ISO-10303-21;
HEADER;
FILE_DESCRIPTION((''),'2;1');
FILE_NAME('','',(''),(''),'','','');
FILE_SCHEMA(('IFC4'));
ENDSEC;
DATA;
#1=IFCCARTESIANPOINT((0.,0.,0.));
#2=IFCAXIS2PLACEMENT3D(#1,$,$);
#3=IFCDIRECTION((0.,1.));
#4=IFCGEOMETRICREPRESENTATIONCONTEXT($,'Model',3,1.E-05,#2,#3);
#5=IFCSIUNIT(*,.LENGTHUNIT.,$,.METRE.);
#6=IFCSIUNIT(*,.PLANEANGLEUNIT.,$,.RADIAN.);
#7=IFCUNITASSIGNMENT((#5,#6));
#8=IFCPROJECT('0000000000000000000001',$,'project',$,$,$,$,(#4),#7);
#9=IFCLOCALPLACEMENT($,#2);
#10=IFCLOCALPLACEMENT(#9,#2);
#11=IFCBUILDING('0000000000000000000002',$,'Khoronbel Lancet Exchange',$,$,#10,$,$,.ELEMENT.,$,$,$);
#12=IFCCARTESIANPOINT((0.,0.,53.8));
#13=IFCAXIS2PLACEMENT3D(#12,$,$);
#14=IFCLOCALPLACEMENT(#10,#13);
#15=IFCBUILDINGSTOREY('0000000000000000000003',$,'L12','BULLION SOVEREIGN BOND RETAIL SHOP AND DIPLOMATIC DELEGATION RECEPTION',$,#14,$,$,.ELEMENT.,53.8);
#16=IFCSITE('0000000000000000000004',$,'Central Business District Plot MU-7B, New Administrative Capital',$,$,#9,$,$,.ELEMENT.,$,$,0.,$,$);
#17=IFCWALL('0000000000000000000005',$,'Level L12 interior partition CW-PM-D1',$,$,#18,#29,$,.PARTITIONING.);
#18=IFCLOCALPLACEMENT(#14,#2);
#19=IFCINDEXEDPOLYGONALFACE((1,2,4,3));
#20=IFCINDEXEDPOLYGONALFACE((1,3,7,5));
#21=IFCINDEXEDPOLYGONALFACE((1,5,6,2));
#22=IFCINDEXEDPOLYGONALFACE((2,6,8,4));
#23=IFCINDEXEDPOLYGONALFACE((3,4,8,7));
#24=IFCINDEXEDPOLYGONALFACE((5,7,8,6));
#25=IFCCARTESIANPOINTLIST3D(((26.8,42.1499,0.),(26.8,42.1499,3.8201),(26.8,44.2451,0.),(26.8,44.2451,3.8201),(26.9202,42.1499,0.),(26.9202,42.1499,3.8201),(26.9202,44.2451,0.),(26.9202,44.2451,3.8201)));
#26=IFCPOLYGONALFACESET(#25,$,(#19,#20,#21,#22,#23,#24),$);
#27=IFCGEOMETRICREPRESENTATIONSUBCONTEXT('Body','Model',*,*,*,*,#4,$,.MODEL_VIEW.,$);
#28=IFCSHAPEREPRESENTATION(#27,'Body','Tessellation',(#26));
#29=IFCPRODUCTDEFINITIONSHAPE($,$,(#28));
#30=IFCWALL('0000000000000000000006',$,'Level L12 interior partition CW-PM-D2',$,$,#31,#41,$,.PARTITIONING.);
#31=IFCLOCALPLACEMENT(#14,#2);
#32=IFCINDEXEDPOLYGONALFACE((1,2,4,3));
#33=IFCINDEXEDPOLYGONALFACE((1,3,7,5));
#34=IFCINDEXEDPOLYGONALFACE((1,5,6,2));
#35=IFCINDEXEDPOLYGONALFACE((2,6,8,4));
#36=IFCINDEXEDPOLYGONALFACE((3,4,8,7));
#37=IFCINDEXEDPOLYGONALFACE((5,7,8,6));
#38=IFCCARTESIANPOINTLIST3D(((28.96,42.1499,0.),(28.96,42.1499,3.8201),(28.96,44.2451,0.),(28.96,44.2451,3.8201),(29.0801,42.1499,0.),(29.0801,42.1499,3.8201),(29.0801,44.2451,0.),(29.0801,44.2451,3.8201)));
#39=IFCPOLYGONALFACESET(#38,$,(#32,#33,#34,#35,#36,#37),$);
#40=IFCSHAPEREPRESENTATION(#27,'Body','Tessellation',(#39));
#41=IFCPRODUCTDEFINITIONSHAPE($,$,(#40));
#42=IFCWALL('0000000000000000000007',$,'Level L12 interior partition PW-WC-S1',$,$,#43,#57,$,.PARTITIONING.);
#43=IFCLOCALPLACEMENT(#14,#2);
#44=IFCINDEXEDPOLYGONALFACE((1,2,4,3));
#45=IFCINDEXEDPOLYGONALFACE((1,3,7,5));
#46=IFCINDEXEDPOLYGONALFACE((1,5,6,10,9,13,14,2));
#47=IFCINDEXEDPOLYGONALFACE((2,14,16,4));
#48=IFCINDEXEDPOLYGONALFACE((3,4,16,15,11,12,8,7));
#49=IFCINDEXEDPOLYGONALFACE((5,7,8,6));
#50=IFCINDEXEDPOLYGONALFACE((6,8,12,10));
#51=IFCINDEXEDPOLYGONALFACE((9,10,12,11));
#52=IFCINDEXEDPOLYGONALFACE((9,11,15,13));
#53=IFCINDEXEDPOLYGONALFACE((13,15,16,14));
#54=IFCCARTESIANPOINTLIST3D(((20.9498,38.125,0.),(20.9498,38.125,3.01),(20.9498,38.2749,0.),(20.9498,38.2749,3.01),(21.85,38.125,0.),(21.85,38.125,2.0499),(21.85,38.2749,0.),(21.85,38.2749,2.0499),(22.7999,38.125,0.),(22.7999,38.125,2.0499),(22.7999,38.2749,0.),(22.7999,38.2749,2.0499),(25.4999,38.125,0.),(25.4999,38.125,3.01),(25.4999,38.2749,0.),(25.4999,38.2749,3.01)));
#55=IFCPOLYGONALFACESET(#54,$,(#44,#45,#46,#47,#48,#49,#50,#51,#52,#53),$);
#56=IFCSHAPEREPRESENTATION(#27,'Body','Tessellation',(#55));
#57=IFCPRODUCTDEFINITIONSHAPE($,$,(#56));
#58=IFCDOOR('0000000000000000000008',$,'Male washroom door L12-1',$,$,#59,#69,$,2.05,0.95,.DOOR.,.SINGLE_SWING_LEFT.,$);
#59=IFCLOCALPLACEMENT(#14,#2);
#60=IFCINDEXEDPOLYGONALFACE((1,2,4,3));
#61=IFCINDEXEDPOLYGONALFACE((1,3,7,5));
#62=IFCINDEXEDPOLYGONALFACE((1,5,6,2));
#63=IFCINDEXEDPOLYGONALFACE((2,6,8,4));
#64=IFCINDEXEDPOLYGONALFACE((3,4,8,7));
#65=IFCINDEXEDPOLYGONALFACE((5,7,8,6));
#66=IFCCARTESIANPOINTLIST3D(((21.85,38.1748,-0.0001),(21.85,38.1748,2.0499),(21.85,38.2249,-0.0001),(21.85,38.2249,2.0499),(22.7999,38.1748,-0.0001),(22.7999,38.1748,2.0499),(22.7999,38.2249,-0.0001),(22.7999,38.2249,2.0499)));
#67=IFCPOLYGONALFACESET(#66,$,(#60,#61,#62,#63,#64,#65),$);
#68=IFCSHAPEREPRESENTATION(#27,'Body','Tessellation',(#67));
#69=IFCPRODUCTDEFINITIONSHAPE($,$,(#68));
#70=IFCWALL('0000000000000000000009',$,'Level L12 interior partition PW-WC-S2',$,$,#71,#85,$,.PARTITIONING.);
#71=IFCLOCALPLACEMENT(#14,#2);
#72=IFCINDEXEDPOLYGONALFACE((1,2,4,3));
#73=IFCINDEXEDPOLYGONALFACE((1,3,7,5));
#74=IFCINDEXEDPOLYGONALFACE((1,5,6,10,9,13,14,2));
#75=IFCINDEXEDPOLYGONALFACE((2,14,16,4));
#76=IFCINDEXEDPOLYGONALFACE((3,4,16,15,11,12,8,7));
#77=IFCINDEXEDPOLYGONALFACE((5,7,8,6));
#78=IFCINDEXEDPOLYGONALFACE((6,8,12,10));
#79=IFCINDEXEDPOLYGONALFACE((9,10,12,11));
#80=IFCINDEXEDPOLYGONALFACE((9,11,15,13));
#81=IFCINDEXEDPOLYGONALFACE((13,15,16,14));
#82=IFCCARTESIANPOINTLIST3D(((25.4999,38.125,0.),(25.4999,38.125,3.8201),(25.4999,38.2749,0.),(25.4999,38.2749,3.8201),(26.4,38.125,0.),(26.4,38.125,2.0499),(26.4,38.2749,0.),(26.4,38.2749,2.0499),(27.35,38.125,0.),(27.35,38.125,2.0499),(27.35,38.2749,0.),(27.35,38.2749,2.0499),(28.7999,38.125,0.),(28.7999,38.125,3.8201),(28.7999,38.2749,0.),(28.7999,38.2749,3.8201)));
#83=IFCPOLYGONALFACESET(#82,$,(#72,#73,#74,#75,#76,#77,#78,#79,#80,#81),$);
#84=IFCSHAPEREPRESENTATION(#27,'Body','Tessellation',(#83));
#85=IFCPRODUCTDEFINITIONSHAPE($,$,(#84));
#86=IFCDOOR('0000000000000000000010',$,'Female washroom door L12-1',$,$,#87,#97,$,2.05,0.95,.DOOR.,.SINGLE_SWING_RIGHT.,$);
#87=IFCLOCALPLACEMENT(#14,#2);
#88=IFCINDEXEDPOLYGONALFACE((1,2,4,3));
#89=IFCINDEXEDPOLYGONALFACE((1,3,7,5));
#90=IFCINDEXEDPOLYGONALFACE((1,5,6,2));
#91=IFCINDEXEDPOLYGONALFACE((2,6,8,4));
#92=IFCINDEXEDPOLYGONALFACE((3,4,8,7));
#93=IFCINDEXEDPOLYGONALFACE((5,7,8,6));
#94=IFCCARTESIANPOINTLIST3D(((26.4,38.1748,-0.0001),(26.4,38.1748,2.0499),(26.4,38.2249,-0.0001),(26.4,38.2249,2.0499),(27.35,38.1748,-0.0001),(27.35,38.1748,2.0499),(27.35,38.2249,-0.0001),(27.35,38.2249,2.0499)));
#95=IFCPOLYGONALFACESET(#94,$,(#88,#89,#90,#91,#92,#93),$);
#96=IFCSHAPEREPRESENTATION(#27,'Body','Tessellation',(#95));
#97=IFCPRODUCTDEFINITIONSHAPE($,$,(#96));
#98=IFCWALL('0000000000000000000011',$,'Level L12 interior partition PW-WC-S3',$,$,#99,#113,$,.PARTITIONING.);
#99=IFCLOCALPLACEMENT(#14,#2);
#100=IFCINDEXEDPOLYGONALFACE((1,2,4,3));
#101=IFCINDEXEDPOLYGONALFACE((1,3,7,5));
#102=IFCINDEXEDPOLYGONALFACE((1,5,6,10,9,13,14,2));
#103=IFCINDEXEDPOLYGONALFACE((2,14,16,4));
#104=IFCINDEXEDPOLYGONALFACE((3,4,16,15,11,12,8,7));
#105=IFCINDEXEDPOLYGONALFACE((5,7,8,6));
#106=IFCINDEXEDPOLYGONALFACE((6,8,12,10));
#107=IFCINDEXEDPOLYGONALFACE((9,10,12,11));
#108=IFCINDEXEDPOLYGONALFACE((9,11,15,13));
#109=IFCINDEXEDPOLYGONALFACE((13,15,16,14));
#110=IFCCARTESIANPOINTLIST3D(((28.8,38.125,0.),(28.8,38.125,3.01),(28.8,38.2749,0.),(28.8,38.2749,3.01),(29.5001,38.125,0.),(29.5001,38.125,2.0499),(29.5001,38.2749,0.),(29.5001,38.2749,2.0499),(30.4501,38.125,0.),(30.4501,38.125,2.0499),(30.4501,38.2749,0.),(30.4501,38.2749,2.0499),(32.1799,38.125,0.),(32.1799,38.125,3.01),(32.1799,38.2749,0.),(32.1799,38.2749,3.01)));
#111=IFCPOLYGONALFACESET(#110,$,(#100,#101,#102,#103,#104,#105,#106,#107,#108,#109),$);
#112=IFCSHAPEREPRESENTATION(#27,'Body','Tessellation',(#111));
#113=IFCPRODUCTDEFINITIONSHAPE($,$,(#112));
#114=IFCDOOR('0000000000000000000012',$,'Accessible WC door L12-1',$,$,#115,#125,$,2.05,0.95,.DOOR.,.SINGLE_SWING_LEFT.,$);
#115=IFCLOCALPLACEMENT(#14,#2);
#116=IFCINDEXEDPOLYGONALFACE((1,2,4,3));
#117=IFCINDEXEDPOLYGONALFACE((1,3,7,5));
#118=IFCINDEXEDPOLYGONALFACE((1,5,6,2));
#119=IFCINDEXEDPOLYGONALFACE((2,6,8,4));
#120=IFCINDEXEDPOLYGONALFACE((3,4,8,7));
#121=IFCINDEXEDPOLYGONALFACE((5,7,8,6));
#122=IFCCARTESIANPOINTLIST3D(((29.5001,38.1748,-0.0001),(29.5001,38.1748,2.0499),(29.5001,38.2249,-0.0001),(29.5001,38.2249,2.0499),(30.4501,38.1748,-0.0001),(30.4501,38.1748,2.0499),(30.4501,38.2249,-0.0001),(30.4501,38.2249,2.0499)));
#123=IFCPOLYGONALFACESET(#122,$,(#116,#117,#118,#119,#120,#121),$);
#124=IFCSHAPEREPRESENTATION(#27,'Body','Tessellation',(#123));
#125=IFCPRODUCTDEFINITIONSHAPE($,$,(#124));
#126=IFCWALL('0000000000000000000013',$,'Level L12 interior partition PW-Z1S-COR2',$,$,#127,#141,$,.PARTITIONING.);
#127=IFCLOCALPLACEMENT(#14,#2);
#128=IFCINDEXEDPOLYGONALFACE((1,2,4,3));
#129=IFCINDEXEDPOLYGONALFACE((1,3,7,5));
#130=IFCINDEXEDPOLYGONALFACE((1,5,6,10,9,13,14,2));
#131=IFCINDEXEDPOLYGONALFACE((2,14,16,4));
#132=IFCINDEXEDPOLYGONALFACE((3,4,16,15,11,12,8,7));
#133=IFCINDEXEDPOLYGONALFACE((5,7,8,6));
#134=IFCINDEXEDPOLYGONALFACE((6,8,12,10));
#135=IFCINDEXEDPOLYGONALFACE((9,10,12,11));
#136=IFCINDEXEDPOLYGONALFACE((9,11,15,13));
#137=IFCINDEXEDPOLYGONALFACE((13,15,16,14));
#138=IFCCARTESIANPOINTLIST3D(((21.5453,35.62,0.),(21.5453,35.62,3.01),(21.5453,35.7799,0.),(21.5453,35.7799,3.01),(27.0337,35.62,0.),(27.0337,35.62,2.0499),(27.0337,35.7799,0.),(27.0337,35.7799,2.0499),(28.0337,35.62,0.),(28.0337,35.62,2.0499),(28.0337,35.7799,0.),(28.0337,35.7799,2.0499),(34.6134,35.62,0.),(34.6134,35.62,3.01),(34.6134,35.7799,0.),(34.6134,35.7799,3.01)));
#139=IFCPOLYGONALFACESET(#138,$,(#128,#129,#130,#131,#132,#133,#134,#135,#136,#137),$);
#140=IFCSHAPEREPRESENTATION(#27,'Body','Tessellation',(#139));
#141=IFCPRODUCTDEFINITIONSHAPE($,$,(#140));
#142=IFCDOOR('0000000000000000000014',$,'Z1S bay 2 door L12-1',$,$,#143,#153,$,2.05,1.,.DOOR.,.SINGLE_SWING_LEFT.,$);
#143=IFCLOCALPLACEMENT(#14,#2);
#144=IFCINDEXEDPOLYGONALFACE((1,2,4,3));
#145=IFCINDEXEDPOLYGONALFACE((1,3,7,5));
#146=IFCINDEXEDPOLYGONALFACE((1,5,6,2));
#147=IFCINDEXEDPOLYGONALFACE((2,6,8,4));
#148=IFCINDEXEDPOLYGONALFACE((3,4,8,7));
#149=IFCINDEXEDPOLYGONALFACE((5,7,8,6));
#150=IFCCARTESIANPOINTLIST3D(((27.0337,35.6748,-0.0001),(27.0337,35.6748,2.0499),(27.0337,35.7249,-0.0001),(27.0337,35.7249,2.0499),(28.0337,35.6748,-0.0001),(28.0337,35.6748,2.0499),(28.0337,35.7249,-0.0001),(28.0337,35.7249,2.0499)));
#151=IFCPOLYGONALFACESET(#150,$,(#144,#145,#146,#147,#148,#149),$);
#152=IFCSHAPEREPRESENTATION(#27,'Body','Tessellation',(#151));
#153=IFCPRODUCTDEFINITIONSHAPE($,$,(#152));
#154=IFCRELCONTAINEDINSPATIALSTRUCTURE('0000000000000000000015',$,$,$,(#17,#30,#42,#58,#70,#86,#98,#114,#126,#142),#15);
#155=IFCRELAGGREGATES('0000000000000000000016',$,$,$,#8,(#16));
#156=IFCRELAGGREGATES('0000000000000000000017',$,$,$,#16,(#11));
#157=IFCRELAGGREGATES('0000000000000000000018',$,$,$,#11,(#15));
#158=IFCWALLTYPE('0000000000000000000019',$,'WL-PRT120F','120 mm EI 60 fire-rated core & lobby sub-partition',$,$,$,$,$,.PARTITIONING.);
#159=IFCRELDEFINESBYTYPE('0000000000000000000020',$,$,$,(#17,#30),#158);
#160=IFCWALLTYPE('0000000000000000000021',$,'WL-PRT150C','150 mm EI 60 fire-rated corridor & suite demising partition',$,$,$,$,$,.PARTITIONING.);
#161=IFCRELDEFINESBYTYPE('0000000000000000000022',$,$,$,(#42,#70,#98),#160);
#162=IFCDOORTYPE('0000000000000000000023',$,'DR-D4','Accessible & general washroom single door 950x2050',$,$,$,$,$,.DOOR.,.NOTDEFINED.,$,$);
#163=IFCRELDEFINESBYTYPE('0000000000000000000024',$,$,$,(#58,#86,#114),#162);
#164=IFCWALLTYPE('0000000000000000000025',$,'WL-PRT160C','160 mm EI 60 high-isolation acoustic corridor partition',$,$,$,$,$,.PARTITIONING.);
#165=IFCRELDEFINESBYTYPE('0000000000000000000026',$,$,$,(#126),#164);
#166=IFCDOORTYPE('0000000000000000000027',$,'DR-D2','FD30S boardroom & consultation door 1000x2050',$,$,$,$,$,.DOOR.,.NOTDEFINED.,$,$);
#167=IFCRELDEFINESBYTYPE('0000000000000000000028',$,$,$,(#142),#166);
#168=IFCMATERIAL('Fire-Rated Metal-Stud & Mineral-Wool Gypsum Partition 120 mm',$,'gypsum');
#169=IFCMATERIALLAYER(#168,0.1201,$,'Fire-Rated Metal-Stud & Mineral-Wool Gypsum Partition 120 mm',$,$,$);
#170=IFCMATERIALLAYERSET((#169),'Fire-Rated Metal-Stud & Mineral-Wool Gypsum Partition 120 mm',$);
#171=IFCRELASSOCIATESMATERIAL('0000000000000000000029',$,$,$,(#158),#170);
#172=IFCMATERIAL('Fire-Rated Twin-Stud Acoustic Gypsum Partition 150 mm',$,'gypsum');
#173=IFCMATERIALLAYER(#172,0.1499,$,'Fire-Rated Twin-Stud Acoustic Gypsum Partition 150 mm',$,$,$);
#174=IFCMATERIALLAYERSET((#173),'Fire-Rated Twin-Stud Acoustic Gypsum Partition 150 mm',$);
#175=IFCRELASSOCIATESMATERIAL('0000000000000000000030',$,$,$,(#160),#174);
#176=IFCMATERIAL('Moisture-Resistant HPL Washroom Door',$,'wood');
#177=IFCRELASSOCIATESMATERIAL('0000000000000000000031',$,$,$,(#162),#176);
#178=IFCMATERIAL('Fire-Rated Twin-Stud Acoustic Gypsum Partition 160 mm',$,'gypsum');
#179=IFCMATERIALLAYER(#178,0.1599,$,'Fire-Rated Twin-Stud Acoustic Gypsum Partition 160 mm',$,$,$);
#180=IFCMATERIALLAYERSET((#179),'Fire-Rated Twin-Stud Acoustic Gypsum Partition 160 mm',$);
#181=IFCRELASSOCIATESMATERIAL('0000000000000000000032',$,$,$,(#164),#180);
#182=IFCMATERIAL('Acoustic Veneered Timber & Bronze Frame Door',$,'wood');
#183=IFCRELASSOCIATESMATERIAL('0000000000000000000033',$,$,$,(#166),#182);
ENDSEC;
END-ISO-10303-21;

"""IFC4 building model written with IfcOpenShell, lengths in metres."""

from ifc_helpers import new_model, si_unit, direction, frame, frame_2d, origin, place, context, subcontext, project, spatial, rectangle, extrude, material, layer, layer_set, type_object, element, fill, save


model = new_model("IFC4")

# Units and contexts
model_context = context("Model", 3, precision=1e-05, world=origin(), true_north=direction((0.0, 1.0)))
body_context = subcontext(model_context, "Body", "Model", "MODEL_VIEW")
ifc_project = project(units=[si_unit("LENGTHUNIT", "METRE"), si_unit("PLANEANGLEUNIT", "RADIAN")], contexts=[model_context])

# Site, building, storey
site_placement = place(None, origin())
site = spatial("IfcSite", under=ifc_project, at=site_placement, Name="Central Business District Plot MU-7B, New Administrative Capital", CompositionType="ELEMENT", RefElevation=0.0)
building_placement = place(site_placement, origin())
building = spatial("IfcBuilding", under=site, at=building_placement, Name="Khoronbel Lancet Exchange", CompositionType="ELEMENT")
storey_placement = place(building_placement, frame((0.0, 0.0, 53.8)))
storey = spatial("IfcBuildingStorey", under=building, at=storey_placement, Name="L12", Description="BULLION SOVEREIGN BOND RETAIL SHOP AND DIPLOMATIC DELEGATION RECEPTION", CompositionType="ELEMENT", Elevation=53.8)

# Walls
ifc_material_1 = material(Name="Fire-Rated Metal-Stud & Mineral-Wool Gypsum Partition 120 mm", Category="gypsum")
ifc_layer_1 = layer(ifc_material_1, 0.1201, Name="Fire-Rated Metal-Stud & Mineral-Wool Gypsum Partition 120 mm")
ifc_layer_set_1 = layer_set([ifc_layer_1], Name="Fire-Rated Metal-Stud & Mineral-Wool Gypsum Partition 120 mm")
wall_type_1 = type_object("IfcWallType", Name="WL-PRT120F", Description="120 mm EI 60 fire-rated core & lobby sub-partition", PredefinedType="PARTITIONING", material=ifc_layer_set_1)
for number, where, z_axis, x_axis, name in (
    (1, (26.8601, 42.1499, 0.0), (0.0, 0.0, 1.0), (0.0, 1.0, 0.0), "Level L12 interior partition CW-PM-D1"),
    (2, (29.02, 42.1499, 0.0), (0.0, 0.0, 1.0), (0.0, 1.0, 0.0), "Level L12 interior partition CW-PM-D2"),
):
    element("IfcWall", number, at=place(storey_placement, frame(where, z_axis=z_axis, x_axis=x_axis)), inside=storey, type_object=wall_type_1, Name=name, PredefinedType="PARTITIONING", context=body_context, shape_type="SweptSolid", body=[
        extrude(rectangle(XDim=2.0952, YDim=0.1201, at=frame_2d((1.0476, 0.0))), origin(), (0.0, 0.0, 1.0), 3.8201),
    ])

# Walls, openings, doors
ifc_material_2 = material(Name="Fire-Rated Twin-Stud Acoustic Gypsum Partition 150 mm", Category="gypsum")
ifc_layer_2 = layer(ifc_material_2, 0.1499, Name="Fire-Rated Twin-Stud Acoustic Gypsum Partition 150 mm")
ifc_layer_set_2 = layer_set([ifc_layer_2], Name="Fire-Rated Twin-Stud Acoustic Gypsum Partition 150 mm")
wall_type_2 = type_object("IfcWallType", Name="WL-PRT150C", Description="150 mm EI 60 fire-rated corridor & suite demising partition", PredefinedType="PARTITIONING", material=ifc_layer_set_2)
wall_1_placement = place(storey_placement, frame((20.95, 38.2, 0.0), z_axis=(0.0, 0.0, 1.0), x_axis=(1.0, 0.0, 0.0)))
wall_1 = element("IfcWall", 3, at=wall_1_placement, inside=storey, type_object=wall_type_2, Name="Level L12 interior partition PW-WC-S1", PredefinedType="PARTITIONING", context=body_context, shape_type="SweptSolid", body=[
    extrude(rectangle(XDim=4.55, YDim=0.1499, at=frame_2d((2.2749, 0.0))), origin(), (0.0, 0.0, 1.0), 3.01),
])
opening_1_placement = place(wall_1_placement, frame((0.8999, 0.0, 0.0)))
opening_1 = element("IfcOpeningElement", 4, at=opening_1_placement, cuts=wall_1, PredefinedType="OPENING", context=body_context, shape_type="SweptSolid", body=[
    extrude(rectangle(XDim=0.95, YDim=2.05, at=frame_2d((0.4751, 1.0249))), frame((0.0, 0.085, 0.0), z_axis=(0.0, -1.0, 0.0), x_axis=(1.0, 0.0, 0.0)), (0.0, 0.0, 1.0), 0.1699),
])
ifc_material_3 = material(Name="Moisture-Resistant HPL Washroom Door", Category="wood")
door_type_1 = type_object("IfcDoorType", Name="DR-D4", Description="Accessible & general washroom single door 950x2050", OperationType="NOTDEFINED", PredefinedType="DOOR", material=ifc_material_3)
door_1_placement = place(opening_1_placement, origin())
door_1 = element("IfcDoor", 5, at=door_1_placement, inside=storey, type_object=door_type_1, Name="Male washroom door L12-1", OperationType="SINGLE_SWING_LEFT", OverallHeight=2.05, OverallWidth=0.95, PredefinedType="DOOR", context=body_context, shape_type="SweptSolid", body=[
    extrude(rectangle(XDim=0.95, YDim=2.05, at=frame_2d((0.4751, 1.0249))), frame((0.0, 0.0249, 0.0), z_axis=(0.0, -1.0, 0.0), x_axis=(1.0, 0.0, 0.0)), (0.0, 0.0, 1.0), 0.05),
])
fill(opening_1, door_1)
wall_2_placement = place(storey_placement, frame((25.5, 38.2, 0.0), z_axis=(0.0, 0.0, 1.0), x_axis=(1.0, 0.0, 0.0)))
wall_2 = element("IfcWall", 6, at=wall_2_placement, inside=storey, type_object=wall_type_2, Name="Level L12 interior partition PW-WC-S2", PredefinedType="PARTITIONING", context=body_context, shape_type="SweptSolid", body=[
    extrude(rectangle(XDim=3.3, YDim=0.1499, at=frame_2d((1.6499, 0.0))), origin(), (0.0, 0.0, 1.0), 3.8201),
])
opening_2_placement = place(wall_2_placement, frame((0.8999, 0.0, 0.0)))
opening_2 = element("IfcOpeningElement", 7, at=opening_2_placement, cuts=wall_2, PredefinedType="OPENING", context=body_context, shape_type="SweptSolid", body=[
    extrude(rectangle(XDim=0.95, YDim=2.05, at=frame_2d((0.4751, 1.0249))), frame((0.0, 0.085, 0.0), z_axis=(0.0, -1.0, 0.0), x_axis=(1.0, 0.0, 0.0)), (0.0, 0.0, 1.0), 0.1699),
])
door_2_placement = place(opening_2_placement, origin())
door_2 = element("IfcDoor", 8, at=door_2_placement, inside=storey, type_object=door_type_1, Name="Female washroom door L12-1", OperationType="SINGLE_SWING_RIGHT", OverallHeight=2.05, OverallWidth=0.95, PredefinedType="DOOR", context=body_context, shape_type="SweptSolid", body=[
    extrude(rectangle(XDim=0.95, YDim=2.05, at=frame_2d((0.4751, 1.0249))), frame((0.0, 0.0249, 0.0), z_axis=(0.0, -1.0, 0.0), x_axis=(1.0, 0.0, 0.0)), (0.0, 0.0, 1.0), 0.05),
])
fill(opening_2, door_2)
wall_3_placement = place(storey_placement, frame((28.8, 38.2, 0.0), z_axis=(0.0, 0.0, 1.0), x_axis=(1.0, 0.0, 0.0)))
wall_3 = element("IfcWall", 9, at=wall_3_placement, inside=storey, type_object=wall_type_2, Name="Level L12 interior partition PW-WC-S3", PredefinedType="PARTITIONING", context=body_context, shape_type="SweptSolid", body=[
    extrude(rectangle(XDim=3.3799, YDim=0.1499, at=frame_2d((1.6899, 0.0))), origin(), (0.0, 0.0, 1.0), 3.01),
])
opening_3_placement = place(wall_3_placement, frame((0.7, 0.0, 0.0)))
opening_3 = element("IfcOpeningElement", 10, at=opening_3_placement, cuts=wall_3, PredefinedType="OPENING", context=body_context, shape_type="SweptSolid", body=[
    extrude(rectangle(XDim=0.95, YDim=2.05, at=frame_2d((0.4751, 1.0249))), frame((0.0, 0.085, 0.0), z_axis=(0.0, -1.0, 0.0), x_axis=(1.0, 0.0, 0.0)), (0.0, 0.0, 1.0), 0.1699),
])
door_3_placement = place(opening_3_placement, origin())
door_3 = element("IfcDoor", 11, at=door_3_placement, inside=storey, type_object=door_type_1, Name="Accessible WC door L12-1", OperationType="SINGLE_SWING_LEFT", OverallHeight=2.05, OverallWidth=0.95, PredefinedType="DOOR", context=body_context, shape_type="SweptSolid", body=[
    extrude(rectangle(XDim=0.95, YDim=2.05, at=frame_2d((0.4751, 1.0249))), frame((0.0, 0.0249, 0.0), z_axis=(0.0, -1.0, 0.0), x_axis=(1.0, 0.0, 0.0)), (0.0, 0.0, 1.0), 0.05),
])
fill(opening_3, door_3)
ifc_material_4 = material(Name="Fire-Rated Twin-Stud Acoustic Gypsum Partition 160 mm", Category="gypsum")
ifc_layer_3 = layer(ifc_material_4, 0.1599, Name="Fire-Rated Twin-Stud Acoustic Gypsum Partition 160 mm")
ifc_layer_set_3 = layer_set([ifc_layer_3], Name="Fire-Rated Twin-Stud Acoustic Gypsum Partition 160 mm")
wall_type_3 = type_object("IfcWallType", Name="WL-PRT160C", Description="160 mm EI 60 high-isolation acoustic corridor partition", PredefinedType="PARTITIONING", material=ifc_layer_set_3)
wall_4_placement = place(storey_placement, frame((21.5452, 35.7, 0.0), z_axis=(0.0, 0.0, 1.0), x_axis=(1.0, 0.0, 0.0)))
wall_4 = element("IfcWall", 12, at=wall_4_placement, inside=storey, type_object=wall_type_3, Name="Level L12 interior partition PW-Z1S-COR2", PredefinedType="PARTITIONING", context=body_context, shape_type="SweptSolid", body=[
    extrude(rectangle(XDim=13.0681, YDim=0.1599, at=frame_2d((6.5342, 0.0))), origin(), (0.0, 0.0, 1.0), 3.01),
])
opening_4_placement = place(wall_4_placement, frame((5.4885, 0.0, 0.0)))
opening_4 = element("IfcOpeningElement", 13, at=opening_4_placement, cuts=wall_4, PredefinedType="OPENING", context=body_context, shape_type="SweptSolid", body=[
    extrude(rectangle(XDim=1.0, YDim=2.05, at=frame_2d((0.5, 1.0249))), frame((0.0, 0.0898, 0.0), z_axis=(0.0, -1.0, 0.0), x_axis=(1.0, 0.0, 0.0)), (0.0, 0.0, 1.0), 0.1799),
])
ifc_material_5 = material(Name="Acoustic Veneered Timber & Bronze Frame Door", Category="wood")
door_type_2 = type_object("IfcDoorType", Name="DR-D2", Description="FD30S boardroom & consultation door 1000x2050", OperationType="NOTDEFINED", PredefinedType="DOOR", material=ifc_material_5)
door_4_placement = place(opening_4_placement, origin())
door_4 = element("IfcDoor", 14, at=door_4_placement, inside=storey, type_object=door_type_2, Name="Z1S bay 2 door L12-1", OperationType="SINGLE_SWING_LEFT", OverallHeight=2.05, OverallWidth=1.0, PredefinedType="DOOR", context=body_context, shape_type="SweptSolid", body=[
    extrude(rectangle(XDim=1.0, YDim=2.05, at=frame_2d((0.5, 1.0249))), frame((0.0, 0.0249, 0.0), z_axis=(0.0, -1.0, 0.0), x_axis=(1.0, 0.0, 0.0)), (0.0, 0.0, 1.0), 0.05),
])
fill(opening_4, door_4)

save(model, "model.ifc")
